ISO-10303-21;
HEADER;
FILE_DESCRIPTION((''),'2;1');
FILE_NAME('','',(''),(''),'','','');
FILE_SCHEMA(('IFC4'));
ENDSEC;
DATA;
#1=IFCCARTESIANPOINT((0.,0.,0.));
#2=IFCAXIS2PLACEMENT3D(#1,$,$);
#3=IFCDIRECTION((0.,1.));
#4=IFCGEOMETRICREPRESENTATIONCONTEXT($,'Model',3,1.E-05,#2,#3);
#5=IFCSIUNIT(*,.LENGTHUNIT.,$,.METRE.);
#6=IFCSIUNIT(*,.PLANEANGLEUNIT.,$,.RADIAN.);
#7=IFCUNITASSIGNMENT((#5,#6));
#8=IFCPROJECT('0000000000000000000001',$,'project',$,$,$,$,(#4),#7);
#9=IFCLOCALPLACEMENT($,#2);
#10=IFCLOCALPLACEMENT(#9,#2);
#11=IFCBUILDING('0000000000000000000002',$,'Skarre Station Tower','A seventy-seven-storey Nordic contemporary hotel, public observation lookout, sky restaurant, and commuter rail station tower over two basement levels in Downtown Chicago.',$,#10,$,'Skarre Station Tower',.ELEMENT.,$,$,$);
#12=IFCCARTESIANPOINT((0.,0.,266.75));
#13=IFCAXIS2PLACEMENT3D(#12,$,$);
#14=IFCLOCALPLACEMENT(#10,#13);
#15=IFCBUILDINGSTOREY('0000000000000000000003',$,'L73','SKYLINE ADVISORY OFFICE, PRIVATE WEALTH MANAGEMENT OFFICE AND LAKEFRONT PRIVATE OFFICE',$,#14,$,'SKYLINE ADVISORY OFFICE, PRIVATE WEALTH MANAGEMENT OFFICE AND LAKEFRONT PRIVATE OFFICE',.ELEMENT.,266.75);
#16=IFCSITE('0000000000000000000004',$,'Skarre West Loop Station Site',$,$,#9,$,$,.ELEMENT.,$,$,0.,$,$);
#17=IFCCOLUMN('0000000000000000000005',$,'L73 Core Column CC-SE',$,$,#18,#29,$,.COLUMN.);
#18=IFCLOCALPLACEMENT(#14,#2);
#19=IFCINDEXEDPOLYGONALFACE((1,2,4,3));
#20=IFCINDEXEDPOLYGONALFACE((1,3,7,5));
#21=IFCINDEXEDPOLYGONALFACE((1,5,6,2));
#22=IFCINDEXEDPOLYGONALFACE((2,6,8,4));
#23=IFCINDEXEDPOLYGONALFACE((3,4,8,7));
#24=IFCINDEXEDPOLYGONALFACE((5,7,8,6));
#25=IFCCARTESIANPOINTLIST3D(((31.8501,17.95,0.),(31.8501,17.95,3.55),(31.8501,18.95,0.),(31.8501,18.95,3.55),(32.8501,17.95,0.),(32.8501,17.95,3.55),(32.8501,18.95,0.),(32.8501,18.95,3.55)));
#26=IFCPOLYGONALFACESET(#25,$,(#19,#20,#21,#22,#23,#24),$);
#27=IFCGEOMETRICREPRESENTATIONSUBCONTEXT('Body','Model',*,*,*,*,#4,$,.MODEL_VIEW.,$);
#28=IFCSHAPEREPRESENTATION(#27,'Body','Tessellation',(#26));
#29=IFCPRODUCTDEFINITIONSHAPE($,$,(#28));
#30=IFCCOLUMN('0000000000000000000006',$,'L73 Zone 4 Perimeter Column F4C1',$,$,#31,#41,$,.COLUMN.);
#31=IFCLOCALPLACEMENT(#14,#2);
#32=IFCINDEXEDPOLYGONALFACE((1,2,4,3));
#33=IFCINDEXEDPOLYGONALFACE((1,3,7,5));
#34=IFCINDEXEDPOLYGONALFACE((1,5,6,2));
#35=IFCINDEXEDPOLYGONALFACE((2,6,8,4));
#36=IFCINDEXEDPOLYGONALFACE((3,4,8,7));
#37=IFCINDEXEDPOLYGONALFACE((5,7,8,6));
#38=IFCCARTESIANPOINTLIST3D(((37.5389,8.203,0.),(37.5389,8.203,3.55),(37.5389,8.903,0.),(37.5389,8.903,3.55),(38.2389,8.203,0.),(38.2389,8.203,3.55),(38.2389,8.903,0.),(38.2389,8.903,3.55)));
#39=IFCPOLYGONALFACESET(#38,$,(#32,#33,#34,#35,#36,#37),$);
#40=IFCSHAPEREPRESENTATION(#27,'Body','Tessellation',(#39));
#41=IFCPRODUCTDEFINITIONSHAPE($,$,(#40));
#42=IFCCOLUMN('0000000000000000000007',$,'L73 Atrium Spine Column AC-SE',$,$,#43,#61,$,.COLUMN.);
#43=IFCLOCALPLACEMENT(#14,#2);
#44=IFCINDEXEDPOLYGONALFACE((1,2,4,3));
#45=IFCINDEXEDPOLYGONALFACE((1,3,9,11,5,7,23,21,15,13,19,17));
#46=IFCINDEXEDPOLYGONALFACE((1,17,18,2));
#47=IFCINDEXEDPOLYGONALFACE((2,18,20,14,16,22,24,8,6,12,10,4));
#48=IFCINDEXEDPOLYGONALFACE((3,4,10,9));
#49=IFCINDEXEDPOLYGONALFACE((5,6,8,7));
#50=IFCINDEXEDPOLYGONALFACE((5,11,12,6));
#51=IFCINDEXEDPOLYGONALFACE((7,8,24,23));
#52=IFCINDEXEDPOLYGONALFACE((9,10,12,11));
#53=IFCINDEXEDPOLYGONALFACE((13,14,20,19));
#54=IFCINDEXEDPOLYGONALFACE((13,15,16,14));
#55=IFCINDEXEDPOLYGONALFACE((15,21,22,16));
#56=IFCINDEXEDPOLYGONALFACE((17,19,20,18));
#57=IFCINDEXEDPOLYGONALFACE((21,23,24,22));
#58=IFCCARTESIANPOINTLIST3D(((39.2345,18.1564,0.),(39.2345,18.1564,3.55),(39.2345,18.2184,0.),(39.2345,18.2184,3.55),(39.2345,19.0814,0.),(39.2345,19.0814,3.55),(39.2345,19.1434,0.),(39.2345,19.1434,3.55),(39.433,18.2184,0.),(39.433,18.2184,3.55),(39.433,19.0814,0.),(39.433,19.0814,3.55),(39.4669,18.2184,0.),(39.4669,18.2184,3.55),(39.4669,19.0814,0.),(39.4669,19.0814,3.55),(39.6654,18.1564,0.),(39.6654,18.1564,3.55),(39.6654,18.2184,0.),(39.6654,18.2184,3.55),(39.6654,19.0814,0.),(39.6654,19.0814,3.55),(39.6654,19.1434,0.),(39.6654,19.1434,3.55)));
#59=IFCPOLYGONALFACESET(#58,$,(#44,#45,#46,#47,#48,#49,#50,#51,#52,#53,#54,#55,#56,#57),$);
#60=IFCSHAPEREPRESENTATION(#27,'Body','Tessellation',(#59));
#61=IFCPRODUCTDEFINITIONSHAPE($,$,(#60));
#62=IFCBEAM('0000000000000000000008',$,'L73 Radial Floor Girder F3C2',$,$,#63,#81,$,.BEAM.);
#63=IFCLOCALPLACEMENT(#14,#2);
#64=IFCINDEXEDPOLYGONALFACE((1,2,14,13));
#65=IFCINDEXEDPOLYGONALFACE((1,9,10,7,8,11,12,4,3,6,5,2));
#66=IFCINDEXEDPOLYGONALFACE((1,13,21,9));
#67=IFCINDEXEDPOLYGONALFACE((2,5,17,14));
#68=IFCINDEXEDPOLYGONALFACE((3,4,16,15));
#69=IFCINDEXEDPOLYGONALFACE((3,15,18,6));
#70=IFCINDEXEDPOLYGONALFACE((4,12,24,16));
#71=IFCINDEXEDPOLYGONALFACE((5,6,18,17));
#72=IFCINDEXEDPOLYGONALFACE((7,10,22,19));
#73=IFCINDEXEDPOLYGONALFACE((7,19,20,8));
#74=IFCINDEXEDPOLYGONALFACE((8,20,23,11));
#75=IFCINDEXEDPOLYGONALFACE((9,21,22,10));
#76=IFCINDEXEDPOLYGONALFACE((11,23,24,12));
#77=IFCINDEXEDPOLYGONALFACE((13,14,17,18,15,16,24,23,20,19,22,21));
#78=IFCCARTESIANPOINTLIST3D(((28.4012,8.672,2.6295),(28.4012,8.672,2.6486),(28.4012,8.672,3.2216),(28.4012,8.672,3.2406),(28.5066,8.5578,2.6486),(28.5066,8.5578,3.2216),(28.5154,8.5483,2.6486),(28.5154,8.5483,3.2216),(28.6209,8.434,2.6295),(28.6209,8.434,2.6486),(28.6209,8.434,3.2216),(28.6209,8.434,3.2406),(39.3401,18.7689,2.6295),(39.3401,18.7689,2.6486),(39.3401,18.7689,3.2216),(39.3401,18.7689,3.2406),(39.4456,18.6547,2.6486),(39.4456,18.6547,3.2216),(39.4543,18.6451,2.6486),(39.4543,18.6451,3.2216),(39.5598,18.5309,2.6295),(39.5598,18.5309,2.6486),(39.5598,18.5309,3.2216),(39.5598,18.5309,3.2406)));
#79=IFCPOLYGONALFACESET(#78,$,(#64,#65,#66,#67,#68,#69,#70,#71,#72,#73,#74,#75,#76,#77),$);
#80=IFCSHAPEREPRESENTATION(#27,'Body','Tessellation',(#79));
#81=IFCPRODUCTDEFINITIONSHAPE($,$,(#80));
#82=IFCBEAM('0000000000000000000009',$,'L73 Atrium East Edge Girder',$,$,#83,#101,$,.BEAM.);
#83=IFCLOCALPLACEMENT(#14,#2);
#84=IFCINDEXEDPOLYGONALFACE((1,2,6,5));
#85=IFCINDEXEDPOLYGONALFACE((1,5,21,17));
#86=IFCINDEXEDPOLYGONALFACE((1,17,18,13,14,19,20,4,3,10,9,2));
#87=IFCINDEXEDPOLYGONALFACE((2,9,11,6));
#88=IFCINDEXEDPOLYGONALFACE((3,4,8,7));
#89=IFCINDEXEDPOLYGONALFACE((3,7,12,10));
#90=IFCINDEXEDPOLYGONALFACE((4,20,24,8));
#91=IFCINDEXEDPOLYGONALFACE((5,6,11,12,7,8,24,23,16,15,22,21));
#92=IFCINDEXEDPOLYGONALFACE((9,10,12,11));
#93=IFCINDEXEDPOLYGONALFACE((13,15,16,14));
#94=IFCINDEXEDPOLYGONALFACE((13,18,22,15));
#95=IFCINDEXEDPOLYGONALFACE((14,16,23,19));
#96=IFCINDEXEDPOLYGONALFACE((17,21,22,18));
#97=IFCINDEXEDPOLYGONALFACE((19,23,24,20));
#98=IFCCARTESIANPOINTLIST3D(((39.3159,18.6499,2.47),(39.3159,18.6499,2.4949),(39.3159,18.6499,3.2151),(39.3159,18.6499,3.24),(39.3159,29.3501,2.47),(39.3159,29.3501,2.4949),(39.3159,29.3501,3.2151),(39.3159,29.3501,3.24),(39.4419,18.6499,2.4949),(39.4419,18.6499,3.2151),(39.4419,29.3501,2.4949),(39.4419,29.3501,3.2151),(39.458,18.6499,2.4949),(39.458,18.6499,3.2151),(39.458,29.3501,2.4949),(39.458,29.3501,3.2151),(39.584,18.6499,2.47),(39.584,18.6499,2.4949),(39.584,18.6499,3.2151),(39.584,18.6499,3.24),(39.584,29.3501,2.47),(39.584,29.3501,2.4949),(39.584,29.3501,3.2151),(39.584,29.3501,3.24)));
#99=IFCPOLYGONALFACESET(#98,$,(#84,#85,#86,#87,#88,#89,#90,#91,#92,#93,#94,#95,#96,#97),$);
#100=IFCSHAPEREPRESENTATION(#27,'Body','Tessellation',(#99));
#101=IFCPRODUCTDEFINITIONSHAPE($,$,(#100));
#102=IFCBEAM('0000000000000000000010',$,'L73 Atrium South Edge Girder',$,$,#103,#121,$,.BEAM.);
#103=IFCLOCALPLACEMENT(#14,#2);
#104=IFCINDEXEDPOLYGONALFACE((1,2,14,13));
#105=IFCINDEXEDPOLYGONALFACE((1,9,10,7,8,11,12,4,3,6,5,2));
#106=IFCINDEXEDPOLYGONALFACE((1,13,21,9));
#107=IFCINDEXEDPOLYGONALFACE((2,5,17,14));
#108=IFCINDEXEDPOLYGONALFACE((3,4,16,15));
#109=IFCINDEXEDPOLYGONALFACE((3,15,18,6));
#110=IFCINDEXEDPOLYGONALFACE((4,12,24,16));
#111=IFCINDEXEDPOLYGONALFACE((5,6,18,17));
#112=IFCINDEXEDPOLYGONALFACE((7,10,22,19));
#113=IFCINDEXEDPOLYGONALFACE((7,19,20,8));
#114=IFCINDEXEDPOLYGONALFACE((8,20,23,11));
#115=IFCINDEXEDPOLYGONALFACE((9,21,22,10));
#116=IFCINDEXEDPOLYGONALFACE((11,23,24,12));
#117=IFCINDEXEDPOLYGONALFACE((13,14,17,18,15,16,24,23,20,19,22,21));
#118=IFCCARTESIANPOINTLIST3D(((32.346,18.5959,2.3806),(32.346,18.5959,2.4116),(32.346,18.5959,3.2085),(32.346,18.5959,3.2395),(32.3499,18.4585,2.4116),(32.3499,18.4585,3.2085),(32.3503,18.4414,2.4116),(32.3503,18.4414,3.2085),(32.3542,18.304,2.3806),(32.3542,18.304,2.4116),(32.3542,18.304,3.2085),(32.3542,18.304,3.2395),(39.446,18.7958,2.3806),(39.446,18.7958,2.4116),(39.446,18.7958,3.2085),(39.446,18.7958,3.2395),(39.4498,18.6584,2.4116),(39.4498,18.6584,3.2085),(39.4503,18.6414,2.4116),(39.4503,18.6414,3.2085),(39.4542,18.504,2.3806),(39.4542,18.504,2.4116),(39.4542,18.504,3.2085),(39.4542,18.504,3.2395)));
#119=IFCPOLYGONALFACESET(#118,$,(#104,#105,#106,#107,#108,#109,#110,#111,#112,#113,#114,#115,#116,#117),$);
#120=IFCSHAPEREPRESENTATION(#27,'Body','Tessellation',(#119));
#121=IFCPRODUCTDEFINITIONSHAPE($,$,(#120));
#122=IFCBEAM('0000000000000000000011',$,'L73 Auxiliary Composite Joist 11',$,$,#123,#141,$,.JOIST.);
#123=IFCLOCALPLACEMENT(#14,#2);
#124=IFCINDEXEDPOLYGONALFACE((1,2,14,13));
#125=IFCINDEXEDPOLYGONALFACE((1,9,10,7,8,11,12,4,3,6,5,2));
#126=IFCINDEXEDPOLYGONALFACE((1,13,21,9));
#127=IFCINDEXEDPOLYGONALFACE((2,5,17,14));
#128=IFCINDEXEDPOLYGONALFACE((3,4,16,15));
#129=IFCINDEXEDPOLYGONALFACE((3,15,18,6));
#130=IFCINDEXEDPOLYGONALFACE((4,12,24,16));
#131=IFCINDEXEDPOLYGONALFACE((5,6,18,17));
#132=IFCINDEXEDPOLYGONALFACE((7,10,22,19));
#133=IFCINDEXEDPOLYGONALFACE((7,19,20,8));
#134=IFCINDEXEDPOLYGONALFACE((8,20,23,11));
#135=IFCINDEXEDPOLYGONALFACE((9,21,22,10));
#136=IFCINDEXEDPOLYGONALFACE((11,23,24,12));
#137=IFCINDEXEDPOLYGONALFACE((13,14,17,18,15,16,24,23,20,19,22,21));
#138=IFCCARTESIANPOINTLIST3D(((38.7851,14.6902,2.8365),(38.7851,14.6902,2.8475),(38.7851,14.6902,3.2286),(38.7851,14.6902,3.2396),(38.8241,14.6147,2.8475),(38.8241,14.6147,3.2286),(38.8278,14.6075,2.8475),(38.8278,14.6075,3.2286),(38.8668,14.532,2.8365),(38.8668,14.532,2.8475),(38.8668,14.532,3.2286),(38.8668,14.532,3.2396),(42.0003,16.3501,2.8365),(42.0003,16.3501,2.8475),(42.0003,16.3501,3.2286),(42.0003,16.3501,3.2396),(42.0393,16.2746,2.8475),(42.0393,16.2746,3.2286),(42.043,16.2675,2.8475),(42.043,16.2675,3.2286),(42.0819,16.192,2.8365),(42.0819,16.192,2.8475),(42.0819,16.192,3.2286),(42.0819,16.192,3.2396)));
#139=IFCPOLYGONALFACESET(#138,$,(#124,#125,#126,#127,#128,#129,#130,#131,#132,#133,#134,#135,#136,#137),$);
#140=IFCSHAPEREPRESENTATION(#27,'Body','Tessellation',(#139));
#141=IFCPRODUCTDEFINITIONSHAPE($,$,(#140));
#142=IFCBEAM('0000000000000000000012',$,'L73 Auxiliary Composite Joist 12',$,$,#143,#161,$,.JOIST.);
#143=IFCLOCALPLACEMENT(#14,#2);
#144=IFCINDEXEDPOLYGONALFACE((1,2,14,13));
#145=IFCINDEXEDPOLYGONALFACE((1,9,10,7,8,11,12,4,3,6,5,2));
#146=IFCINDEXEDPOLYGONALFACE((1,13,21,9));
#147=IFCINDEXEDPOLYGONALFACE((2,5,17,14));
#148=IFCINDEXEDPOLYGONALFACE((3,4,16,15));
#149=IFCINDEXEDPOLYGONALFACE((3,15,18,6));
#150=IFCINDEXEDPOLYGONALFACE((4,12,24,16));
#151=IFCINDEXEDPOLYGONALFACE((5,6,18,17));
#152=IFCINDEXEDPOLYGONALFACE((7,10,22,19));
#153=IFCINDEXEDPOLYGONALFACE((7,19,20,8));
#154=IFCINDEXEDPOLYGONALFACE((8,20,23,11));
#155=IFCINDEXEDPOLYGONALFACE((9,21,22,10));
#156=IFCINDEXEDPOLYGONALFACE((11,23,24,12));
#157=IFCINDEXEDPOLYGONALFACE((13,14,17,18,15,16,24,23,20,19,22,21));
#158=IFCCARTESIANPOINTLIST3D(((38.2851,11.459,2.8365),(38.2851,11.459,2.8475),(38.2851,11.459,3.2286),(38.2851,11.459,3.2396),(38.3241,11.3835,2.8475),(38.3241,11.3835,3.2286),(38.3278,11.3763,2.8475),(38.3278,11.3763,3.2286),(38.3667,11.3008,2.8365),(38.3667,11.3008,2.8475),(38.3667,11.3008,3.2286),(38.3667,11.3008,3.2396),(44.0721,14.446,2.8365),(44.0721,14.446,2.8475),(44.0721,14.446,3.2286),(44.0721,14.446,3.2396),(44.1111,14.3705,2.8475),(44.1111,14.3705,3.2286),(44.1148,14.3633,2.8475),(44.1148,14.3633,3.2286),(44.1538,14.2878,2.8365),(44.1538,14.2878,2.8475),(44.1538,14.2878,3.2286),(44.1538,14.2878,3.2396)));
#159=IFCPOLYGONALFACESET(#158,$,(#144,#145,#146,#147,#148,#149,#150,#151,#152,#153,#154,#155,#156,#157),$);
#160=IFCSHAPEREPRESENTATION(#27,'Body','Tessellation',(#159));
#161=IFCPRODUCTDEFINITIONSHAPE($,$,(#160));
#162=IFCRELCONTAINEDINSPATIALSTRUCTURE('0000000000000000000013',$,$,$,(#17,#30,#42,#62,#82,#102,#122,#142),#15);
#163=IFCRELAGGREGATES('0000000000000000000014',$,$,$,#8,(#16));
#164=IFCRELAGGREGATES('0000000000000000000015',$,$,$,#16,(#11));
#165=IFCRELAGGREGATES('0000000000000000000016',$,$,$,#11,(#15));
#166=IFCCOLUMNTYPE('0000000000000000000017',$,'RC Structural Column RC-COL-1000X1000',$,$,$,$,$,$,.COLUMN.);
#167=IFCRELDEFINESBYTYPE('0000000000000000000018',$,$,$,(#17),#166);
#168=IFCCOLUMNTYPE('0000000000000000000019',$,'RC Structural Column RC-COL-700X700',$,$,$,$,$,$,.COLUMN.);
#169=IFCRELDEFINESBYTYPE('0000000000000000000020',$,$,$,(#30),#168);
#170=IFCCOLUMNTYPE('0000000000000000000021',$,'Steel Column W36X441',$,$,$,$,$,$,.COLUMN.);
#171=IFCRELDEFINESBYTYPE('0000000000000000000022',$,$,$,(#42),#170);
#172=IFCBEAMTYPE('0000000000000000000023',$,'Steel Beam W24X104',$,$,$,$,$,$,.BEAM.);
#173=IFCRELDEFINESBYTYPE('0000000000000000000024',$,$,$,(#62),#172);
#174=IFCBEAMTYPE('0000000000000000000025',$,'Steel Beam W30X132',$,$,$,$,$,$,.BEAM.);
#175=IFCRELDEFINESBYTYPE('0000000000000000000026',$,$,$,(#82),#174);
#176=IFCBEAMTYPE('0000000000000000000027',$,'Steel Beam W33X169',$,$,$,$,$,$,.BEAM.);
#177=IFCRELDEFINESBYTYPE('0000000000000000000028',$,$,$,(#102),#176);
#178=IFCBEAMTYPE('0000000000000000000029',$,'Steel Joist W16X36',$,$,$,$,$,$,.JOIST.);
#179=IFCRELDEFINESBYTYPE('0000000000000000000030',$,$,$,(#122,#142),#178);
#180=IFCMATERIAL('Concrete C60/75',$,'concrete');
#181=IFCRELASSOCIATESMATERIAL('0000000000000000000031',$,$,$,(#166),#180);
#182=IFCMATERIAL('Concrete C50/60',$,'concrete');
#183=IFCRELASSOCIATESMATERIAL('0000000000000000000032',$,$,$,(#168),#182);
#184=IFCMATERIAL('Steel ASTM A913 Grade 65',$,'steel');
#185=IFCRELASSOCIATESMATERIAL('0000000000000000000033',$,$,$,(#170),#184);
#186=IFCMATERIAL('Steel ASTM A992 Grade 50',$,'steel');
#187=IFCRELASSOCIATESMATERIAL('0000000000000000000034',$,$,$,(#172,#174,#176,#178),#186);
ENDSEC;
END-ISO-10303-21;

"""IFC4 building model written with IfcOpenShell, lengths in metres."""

from ifc_helpers import new_model, si_unit, direction, frame, origin, origin_2d, place, context, subcontext, project, spatial, rectangle, i_section, extrude, material, material_profile, profile_set, type_object, element, save


model = new_model("IFC4")

# Units and contexts
model_context = context("Model", 3, precision=1e-05, world=origin(), true_north=direction((0.0, 1.0)))
body_context = subcontext(model_context, "Body", "Model", "MODEL_VIEW")
ifc_project = project(units=[si_unit("LENGTHUNIT", "METRE"), si_unit("PLANEANGLEUNIT", "RADIAN")], contexts=[model_context])

# Site, building, storey
site_placement = place(None, origin())
site = spatial("IfcSite", under=ifc_project, at=site_placement, Name="Skarre West Loop Station Site", CompositionType="ELEMENT", RefElevation=0.0)
building_placement = place(site_placement, origin())
building = spatial("IfcBuilding", under=site, at=building_placement, Name="Skarre Station Tower", Description="A seventy-seven-storey Nordic contemporary hotel, public observation lookout, sky restaurant, and commuter rail station tower over two basement levels in Downtown Chicago.", LongName="Skarre Station Tower", CompositionType="ELEMENT")
storey_placement = place(building_placement, frame((0.0, 0.0, 266.75)))
storey = spatial("IfcBuildingStorey", under=building, at=storey_placement, Name="L73", Description="SKYLINE ADVISORY OFFICE, PRIVATE WEALTH MANAGEMENT OFFICE AND LAKEFRONT PRIVATE OFFICE", LongName="SKYLINE ADVISORY OFFICE, PRIVATE WEALTH MANAGEMENT OFFICE AND LAKEFRONT PRIVATE OFFICE", CompositionType="ELEMENT", Elevation=266.75)

# Columns
ifc_material_1 = material(Name="Concrete C60/75", Category="concrete")
ifc_material_profile_1 = material_profile(ifc_material_1, rectangle(XDim=1.0, YDim=1.0, at=origin_2d()), Name="Concrete C60/75")
ifc_profile_set_1 = profile_set([ifc_material_profile_1], Name="Concrete C60/75")
column_type_1 = type_object("IfcColumnType", Name="RC Structural Column RC-COL-1000X1000", PredefinedType="COLUMN", material=ifc_profile_set_1)
column_1_placement = place(storey_placement, frame((32.3501, 18.45, 0.0), z_axis=(0.0, 0.0, 1.0), x_axis=(1.0, 0.0, 0.0)))
element("IfcColumn", 1, at=column_1_placement, inside=storey, type_object=column_type_1, Name="L73 Core Column CC-SE", PredefinedType="COLUMN", context=body_context, shape_type="SweptSolid", body=[
    extrude(rectangle(XDim=1.0, YDim=1.0, at=origin_2d()), origin(), (0.0, 0.0, 1.0), 3.55),
])
ifc_material_2 = material(Name="Concrete C50/60", Category="concrete")
ifc_material_profile_2 = material_profile(ifc_material_2, rectangle(XDim=0.7, YDim=0.7, at=origin_2d()), Name="Concrete C50/60")
ifc_profile_set_2 = profile_set([ifc_material_profile_2], Name="Concrete C50/60")
column_type_2 = type_object("IfcColumnType", Name="RC Structural Column RC-COL-700X700", PredefinedType="COLUMN", material=ifc_profile_set_2)
column_2_placement = place(storey_placement, frame((37.8889, 8.553, 0.0), z_axis=(0.0, 0.0, 1.0), x_axis=(1.0, 0.0, 0.0)))
element("IfcColumn", 2, at=column_2_placement, inside=storey, type_object=column_type_2, Name="L73 Zone 4 Perimeter Column F4C1", PredefinedType="COLUMN", context=body_context, shape_type="SweptSolid", body=[
    extrude(rectangle(XDim=0.7, YDim=0.7, at=origin_2d()), origin(), (0.0, 0.0, 1.0), 3.55),
])
ifc_material_3 = material(Name="Steel ASTM A913 Grade 65", Category="steel")
ifc_material_profile_3 = material_profile(ifc_material_3, i_section(OverallWidth=0.4309, OverallDepth=0.9871, WebThickness=0.0339, FlangeThickness=0.062, at=origin_2d()), Name="Steel ASTM A913 Grade 65")
ifc_profile_set_3 = profile_set([ifc_material_profile_3], Name="Steel ASTM A913 Grade 65")
column_type_3 = type_object("IfcColumnType", Name="Steel Column W36X441", PredefinedType="COLUMN", material=ifc_profile_set_3)
column_3_placement = place(storey_placement, frame((39.45, 18.6499, 0.0), z_axis=(0.0, 0.0, 1.0), x_axis=(1.0, 0.0, 0.0)))
element("IfcColumn", 3, at=column_3_placement, inside=storey, type_object=column_type_3, Name="L73 Atrium Spine Column AC-SE", PredefinedType="COLUMN", context=body_context, shape_type="SweptSolid", body=[
    extrude(i_section(OverallWidth=0.4309, OverallDepth=0.9871, WebThickness=0.0339, FlangeThickness=0.062, at=origin_2d()), origin(), (0.0, 0.0, 1.0), 3.55),
])

# Beams
ifc_material_4 = material(Name="Steel ASTM A992 Grade 50", Category="steel")
ifc_material_profile_4 = material_profile(ifc_material_4, i_section(OverallWidth=0.324, OverallDepth=0.6111, WebThickness=0.0129, FlangeThickness=0.019, at=origin_2d()), Name="Steel ASTM A992 Grade 50")
ifc_profile_set_4 = profile_set([ifc_material_profile_4], Name="Steel ASTM A992 Grade 50")
beam_type_1 = type_object("IfcBeamType", Name="Steel Beam W24X104", PredefinedType="BEAM", material=ifc_profile_set_4)
beam_1_placement = place(storey_placement, frame((39.45, 18.6499, 2.9351), z_axis=(-0.734823, -0.678259, 0.0), x_axis=(0.678259, -0.734823, 0.0)))
element("IfcBeam", 4, at=beam_1_placement, inside=storey, type_object=beam_type_1, Name="L73 Radial Floor Girder F3C2", PredefinedType="BEAM", context=body_context, shape_type="SweptSolid", body=[
    extrude(i_section(OverallWidth=0.324, OverallDepth=0.6111, WebThickness=0.0129, FlangeThickness=0.019, at=origin_2d()), origin(), (0.0, 0.0, 1.0), 14.8865),
])
ifc_material_profile_5 = material_profile(ifc_material_4, i_section(OverallWidth=0.2681, OverallDepth=0.77, WebThickness=0.0161, FlangeThickness=0.0249, at=origin_2d()), Name="Steel ASTM A992 Grade 50")
ifc_profile_set_5 = profile_set([ifc_material_profile_5], Name="Steel ASTM A992 Grade 50")
beam_type_2 = type_object("IfcBeamType", Name="Steel Beam W30X132", PredefinedType="BEAM", material=ifc_profile_set_5)
beam_2_placement = place(storey_placement, frame((39.45, 18.6499, 2.855), z_axis=(0.0, 1.0, 0.0), x_axis=(-1.0, 0.0, 0.0)))
element("IfcBeam", 5, at=beam_2_placement, inside=storey, type_object=beam_type_2, Name="L73 Atrium East Edge Girder", PredefinedType="BEAM", context=body_context, shape_type="SweptSolid", body=[
    extrude(i_section(OverallWidth=0.2681, OverallDepth=0.77, WebThickness=0.0161, FlangeThickness=0.0249, at=origin_2d()), origin(), (0.0, 0.0, 1.0), 10.7002),
])
ifc_material_profile_6 = material_profile(ifc_material_4, i_section(OverallWidth=0.292, OverallDepth=0.8589, WebThickness=0.0171, FlangeThickness=0.031, at=origin_2d()), Name="Steel ASTM A992 Grade 50")
ifc_profile_set_6 = profile_set([ifc_material_profile_6], Name="Steel ASTM A992 Grade 50")
beam_type_3 = type_object("IfcBeamType", Name="Steel Beam W33X169", PredefinedType="BEAM", material=ifc_profile_set_6)
beam_3_placement = place(storey_placement, frame((32.3501, 18.45, 2.8101), z_axis=(0.999604, 0.028152, 0.0), x_axis=(-0.028152, 0.999604, 0.0)))
element("IfcBeam", 6, at=beam_3_placement, inside=storey, type_object=beam_type_3, Name="L73 Atrium South Edge Girder", PredefinedType="BEAM", context=body_context, shape_type="SweptSolid", body=[
    extrude(i_section(OverallWidth=0.292, OverallDepth=0.8589, WebThickness=0.0171, FlangeThickness=0.031, at=origin_2d()), origin(), (0.0, 0.0, 1.0), 7.1028),
])
ifc_material_profile_7 = material_profile(ifc_material_4, i_section(OverallWidth=0.178, OverallDepth=0.4031, WebThickness=0.0081, FlangeThickness=0.011, at=origin_2d()), Name="Steel ASTM A992 Grade 50")
ifc_profile_set_7 = profile_set([ifc_material_profile_7], Name="Steel ASTM A992 Grade 50")
beam_type_4 = type_object("IfcBeamType", Name="Steel Joist W16X36", PredefinedType="JOIST", material=ifc_profile_set_7)
beam_4_placement = place(storey_placement, frame((38.8259, 14.6111, 3.0381), z_axis=(0.888563, 0.458755, 0.0), x_axis=(-0.458755, 0.888563, 0.0)))
element("IfcBeam", 7, at=beam_4_placement, inside=storey, type_object=beam_type_4, Name="L73 Auxiliary Composite Joist 11", PredefinedType="JOIST", context=body_context, shape_type="SweptSolid", body=[
    extrude(i_section(OverallWidth=0.178, OverallDepth=0.4031, WebThickness=0.0081, FlangeThickness=0.011, at=origin_2d()), origin(), (0.0, 0.0, 1.0), 3.6184),
])
beam_5_placement = place(storey_placement, frame((38.3259, 11.3799, 3.0381), z_axis=(0.88861, 0.458663, 0.0), x_axis=(-0.458663, 0.88861, 0.0)))
element("IfcBeam", 8, at=beam_5_placement, inside=storey, type_object=beam_type_4, Name="L73 Auxiliary Composite Joist 12", PredefinedType="JOIST", context=body_context, shape_type="SweptSolid", body=[
    extrude(i_section(OverallWidth=0.178, OverallDepth=0.4031, WebThickness=0.0081, FlangeThickness=0.011, at=origin_2d()), origin(), (0.0, 0.0, 1.0), 6.5125),
])

save(model, "model.ifc")
